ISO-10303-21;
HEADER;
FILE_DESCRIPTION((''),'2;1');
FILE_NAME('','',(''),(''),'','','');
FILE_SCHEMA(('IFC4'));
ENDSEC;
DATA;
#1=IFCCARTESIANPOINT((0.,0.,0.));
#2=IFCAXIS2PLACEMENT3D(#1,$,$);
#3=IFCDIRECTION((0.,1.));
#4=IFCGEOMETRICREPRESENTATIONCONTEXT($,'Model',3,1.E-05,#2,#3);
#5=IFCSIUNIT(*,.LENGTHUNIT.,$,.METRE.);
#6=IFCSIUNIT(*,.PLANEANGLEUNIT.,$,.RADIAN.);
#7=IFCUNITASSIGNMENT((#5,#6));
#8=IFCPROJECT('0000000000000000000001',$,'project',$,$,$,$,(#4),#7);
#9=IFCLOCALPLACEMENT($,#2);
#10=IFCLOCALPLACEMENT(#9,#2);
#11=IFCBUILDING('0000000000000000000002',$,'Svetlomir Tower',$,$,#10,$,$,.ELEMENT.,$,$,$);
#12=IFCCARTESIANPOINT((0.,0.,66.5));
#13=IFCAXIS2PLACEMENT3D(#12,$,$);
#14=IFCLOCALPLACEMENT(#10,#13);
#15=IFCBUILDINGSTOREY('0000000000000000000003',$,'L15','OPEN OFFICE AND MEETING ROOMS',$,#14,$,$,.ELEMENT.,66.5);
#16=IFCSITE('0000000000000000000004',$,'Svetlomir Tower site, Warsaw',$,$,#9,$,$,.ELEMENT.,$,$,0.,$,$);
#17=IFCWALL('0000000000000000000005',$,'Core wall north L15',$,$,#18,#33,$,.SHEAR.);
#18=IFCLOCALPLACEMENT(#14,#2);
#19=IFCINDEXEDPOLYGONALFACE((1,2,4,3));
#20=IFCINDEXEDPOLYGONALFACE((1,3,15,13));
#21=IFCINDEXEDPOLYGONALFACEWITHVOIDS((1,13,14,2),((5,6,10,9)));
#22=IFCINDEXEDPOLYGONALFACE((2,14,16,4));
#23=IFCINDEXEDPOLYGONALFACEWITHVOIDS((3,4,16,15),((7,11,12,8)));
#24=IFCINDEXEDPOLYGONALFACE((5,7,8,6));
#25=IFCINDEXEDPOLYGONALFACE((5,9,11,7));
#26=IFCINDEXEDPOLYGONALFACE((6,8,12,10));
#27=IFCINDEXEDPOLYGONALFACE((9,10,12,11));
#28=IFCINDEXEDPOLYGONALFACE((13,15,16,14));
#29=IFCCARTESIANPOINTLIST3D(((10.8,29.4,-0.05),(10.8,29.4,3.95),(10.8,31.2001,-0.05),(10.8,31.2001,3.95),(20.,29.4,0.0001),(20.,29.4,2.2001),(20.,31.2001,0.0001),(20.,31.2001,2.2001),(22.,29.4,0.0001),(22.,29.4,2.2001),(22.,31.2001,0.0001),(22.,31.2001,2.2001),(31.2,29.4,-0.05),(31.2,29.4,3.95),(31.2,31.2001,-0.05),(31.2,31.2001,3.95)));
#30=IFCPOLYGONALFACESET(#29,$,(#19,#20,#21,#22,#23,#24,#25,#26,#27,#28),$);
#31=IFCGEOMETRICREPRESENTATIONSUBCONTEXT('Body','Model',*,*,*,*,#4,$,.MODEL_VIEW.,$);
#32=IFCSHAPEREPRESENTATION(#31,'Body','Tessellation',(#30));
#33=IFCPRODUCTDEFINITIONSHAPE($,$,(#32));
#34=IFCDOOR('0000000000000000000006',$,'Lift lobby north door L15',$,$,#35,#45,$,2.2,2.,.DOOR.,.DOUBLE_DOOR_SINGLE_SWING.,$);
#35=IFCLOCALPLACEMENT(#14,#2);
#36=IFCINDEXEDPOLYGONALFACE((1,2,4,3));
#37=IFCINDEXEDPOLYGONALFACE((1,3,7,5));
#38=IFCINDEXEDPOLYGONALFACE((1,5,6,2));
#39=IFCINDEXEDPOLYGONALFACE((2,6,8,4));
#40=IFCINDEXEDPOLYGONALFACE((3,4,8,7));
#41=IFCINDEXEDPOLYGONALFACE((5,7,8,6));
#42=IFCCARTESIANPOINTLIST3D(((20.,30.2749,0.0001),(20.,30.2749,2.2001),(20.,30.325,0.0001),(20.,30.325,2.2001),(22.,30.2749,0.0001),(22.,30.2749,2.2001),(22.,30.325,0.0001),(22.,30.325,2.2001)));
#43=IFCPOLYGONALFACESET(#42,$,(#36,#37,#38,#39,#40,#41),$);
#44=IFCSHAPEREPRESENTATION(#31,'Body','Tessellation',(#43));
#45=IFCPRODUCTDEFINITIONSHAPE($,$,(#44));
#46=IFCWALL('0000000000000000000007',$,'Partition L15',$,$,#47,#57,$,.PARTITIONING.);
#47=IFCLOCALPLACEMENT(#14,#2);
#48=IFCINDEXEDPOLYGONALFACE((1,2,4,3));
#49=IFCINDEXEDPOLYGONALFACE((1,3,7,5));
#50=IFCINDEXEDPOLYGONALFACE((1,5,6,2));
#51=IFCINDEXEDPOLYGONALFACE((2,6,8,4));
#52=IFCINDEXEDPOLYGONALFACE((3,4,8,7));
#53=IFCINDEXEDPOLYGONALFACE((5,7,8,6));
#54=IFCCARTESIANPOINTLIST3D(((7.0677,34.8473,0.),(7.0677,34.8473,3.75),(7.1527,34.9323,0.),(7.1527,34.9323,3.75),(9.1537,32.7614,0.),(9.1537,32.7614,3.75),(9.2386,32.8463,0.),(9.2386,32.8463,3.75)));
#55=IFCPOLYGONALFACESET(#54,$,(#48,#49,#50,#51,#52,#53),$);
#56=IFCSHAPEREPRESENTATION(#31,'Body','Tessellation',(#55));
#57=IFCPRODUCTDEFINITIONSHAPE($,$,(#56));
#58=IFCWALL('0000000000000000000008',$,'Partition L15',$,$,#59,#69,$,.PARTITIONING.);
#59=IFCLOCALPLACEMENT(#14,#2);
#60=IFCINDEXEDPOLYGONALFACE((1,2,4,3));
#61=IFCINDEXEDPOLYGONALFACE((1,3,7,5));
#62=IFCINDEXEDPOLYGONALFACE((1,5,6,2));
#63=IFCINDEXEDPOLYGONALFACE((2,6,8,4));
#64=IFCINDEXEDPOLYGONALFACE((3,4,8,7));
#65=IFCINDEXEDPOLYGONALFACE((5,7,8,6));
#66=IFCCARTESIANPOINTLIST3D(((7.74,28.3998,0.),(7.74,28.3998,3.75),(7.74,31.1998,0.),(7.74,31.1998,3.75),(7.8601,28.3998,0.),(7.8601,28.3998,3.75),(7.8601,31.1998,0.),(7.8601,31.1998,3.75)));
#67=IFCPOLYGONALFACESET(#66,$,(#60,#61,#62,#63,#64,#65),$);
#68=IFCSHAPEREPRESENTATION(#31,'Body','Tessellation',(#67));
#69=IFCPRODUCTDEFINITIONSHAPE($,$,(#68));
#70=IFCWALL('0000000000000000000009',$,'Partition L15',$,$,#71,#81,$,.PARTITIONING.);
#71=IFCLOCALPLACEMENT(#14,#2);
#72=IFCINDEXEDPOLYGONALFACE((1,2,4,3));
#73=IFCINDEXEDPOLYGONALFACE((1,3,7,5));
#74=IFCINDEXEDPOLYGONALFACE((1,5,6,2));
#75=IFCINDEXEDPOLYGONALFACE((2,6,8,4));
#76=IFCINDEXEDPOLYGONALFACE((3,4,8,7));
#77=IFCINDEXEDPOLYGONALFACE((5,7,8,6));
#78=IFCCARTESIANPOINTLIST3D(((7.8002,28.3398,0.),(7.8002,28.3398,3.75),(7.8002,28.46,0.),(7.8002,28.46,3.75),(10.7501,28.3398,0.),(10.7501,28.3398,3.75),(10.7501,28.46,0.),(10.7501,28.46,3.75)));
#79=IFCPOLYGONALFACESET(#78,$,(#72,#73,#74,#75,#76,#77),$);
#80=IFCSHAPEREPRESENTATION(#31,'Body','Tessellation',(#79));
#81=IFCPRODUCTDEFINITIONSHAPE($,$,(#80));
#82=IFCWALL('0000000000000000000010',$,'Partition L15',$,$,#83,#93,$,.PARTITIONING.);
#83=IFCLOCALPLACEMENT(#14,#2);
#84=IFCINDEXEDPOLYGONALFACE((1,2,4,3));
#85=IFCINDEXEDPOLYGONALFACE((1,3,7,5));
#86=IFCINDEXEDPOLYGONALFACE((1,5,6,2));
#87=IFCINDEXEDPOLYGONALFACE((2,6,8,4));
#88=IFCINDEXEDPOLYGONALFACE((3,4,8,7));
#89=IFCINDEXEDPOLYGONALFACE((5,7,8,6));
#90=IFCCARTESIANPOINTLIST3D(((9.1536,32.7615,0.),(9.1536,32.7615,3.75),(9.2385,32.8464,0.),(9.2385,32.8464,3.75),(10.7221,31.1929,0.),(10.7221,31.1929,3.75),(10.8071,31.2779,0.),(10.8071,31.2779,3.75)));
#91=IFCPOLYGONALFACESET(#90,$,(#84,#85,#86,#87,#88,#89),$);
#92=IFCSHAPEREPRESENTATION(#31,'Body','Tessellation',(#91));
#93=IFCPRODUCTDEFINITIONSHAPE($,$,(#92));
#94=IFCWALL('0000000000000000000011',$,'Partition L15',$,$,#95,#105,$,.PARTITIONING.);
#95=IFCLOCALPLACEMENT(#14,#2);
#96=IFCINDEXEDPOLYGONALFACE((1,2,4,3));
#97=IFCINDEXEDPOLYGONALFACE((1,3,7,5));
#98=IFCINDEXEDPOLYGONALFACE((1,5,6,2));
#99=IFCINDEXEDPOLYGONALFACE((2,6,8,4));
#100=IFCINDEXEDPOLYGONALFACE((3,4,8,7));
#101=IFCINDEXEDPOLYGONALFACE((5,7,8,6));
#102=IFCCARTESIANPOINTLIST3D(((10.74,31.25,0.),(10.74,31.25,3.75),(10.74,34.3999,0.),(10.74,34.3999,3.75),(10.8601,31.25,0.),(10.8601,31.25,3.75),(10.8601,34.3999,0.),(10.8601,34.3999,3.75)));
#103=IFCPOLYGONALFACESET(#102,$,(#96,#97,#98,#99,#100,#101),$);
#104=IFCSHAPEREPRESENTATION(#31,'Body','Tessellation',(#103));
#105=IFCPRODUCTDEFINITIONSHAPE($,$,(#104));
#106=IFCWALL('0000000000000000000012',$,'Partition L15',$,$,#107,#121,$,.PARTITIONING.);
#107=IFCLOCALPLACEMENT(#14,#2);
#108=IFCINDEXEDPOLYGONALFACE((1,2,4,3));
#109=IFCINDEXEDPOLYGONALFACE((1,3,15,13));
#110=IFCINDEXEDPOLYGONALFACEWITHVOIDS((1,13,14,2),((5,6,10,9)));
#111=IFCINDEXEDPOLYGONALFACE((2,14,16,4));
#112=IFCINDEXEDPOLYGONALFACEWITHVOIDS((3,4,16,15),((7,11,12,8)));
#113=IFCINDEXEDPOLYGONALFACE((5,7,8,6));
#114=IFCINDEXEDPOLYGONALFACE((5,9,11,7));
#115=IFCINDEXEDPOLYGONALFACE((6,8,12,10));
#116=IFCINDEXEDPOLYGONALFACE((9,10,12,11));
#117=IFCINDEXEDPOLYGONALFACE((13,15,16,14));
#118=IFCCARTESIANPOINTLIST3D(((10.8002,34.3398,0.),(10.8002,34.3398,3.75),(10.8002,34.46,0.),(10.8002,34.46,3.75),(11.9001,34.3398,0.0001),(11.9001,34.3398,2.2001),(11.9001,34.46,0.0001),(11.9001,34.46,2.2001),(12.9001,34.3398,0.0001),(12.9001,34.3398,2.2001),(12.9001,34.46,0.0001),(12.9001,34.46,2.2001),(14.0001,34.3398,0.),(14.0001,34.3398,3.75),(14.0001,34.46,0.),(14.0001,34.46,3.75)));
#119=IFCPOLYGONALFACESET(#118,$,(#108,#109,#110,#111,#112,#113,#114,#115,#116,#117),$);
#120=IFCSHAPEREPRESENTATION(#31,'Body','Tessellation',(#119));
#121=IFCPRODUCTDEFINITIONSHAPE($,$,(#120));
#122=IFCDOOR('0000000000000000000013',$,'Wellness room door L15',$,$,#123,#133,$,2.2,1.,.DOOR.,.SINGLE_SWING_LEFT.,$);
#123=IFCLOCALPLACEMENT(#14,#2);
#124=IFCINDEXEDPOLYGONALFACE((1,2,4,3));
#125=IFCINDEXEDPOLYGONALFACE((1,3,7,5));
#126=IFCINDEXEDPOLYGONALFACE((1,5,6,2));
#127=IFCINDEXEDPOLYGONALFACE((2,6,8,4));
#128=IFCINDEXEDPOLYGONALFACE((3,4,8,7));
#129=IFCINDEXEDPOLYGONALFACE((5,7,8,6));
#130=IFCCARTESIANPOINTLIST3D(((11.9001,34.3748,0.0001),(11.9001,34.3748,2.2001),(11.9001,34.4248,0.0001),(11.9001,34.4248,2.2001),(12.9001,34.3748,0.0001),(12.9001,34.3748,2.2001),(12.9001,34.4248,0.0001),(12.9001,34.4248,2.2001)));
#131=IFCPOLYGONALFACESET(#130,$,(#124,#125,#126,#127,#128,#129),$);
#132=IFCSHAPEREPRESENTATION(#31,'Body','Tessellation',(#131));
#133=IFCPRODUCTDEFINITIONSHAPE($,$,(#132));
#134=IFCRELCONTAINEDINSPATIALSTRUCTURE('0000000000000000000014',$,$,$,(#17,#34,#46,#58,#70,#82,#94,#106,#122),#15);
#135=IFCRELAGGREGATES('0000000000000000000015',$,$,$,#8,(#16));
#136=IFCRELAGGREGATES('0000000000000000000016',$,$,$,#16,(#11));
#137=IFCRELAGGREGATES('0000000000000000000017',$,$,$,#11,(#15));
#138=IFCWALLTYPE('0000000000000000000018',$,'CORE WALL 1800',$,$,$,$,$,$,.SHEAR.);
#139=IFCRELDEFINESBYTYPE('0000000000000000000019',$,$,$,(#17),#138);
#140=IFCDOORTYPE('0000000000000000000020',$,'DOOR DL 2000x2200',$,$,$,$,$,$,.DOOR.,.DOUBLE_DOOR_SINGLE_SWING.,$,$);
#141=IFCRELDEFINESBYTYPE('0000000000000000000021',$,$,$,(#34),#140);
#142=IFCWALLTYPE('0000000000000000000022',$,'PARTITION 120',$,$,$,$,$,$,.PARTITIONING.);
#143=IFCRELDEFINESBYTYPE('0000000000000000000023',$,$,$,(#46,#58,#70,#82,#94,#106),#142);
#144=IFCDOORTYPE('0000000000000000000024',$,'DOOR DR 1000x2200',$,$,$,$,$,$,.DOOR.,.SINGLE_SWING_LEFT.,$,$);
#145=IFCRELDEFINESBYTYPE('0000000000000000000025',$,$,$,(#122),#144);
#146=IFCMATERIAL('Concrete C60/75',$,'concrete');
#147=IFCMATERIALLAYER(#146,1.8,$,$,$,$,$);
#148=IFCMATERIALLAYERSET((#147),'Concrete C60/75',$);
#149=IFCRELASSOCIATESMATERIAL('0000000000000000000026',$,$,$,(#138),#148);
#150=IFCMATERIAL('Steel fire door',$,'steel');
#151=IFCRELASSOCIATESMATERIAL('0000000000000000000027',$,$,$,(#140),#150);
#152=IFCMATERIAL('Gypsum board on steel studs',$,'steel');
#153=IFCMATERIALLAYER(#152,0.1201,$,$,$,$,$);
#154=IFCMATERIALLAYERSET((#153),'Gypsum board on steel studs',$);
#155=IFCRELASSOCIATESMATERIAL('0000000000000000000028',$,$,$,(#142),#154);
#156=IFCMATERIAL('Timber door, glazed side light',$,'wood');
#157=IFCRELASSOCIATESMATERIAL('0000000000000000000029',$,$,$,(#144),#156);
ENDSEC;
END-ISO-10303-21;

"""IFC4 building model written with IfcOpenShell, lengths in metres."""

from ifc_helpers import new_model, si_unit, direction, frame, frame_2d, origin, place, context, subcontext, project, spatial, rectangle, extrude, material, layer, layer_set, type_object, element, fill, save


model = new_model("IFC4")

# Units and contexts
model_context = context("Model", 3, precision=1e-05, world=origin(), true_north=direction((0.0, 1.0)))
body_context = subcontext(model_context, "Body", "Model", "MODEL_VIEW")
ifc_project = project(units=[si_unit("LENGTHUNIT", "METRE"), si_unit("PLANEANGLEUNIT", "RADIAN")], contexts=[model_context])

# Site, building, storey
site_placement = place(None, origin())
site = spatial("IfcSite", under=ifc_project, at=site_placement, Name="Svetlomir Tower site, Warsaw", CompositionType="ELEMENT", RefElevation=0.0)
building_placement = place(site_placement, origin())
building = spatial("IfcBuilding", under=site, at=building_placement, Name="Svetlomir Tower", CompositionType="ELEMENT")
storey_placement = place(building_placement, frame((0.0, 0.0, 66.5)))
storey = spatial("IfcBuildingStorey", under=building, at=storey_placement, Name="L15", Description="OPEN OFFICE AND MEETING ROOMS", CompositionType="ELEMENT", Elevation=66.5)

# Wall, opening, door
ifc_material_1 = material(Name="Concrete C60/75", Category="concrete")
ifc_layer_1 = layer(ifc_material_1, 1.8)
ifc_layer_set_1 = layer_set([ifc_layer_1], Name="Concrete C60/75")
wall_type_1 = type_object("IfcWallType", Name="CORE WALL 1800", PredefinedType="SHEAR", material=ifc_layer_set_1)
wall_1_placement = place(storey_placement, frame((10.8, 30.3, -0.05), z_axis=(0.0, 0.0, 1.0), x_axis=(1.0, 0.0, 0.0)))
wall_1 = element("IfcWall", 1, at=wall_1_placement, inside=storey, type_object=wall_type_1, Name="Core wall north L15", PredefinedType="SHEAR", context=body_context, shape_type="SweptSolid", body=[
    extrude(rectangle(XDim=20.3999, YDim=1.8, at=frame_2d((10.2, 0.0))), origin(), (0.0, 0.0, 1.0), 4.0),
])
opening_1_placement = place(wall_1_placement, frame((9.2, 0.0, 0.05)))
opening_1 = element("IfcOpeningElement", 2, at=opening_1_placement, cuts=wall_1, PredefinedType="OPENING", context=body_context, shape_type="SweptSolid", body=[
    extrude(rectangle(XDim=2.0, YDim=2.2, at=frame_2d((1.0, 1.1001))), frame((0.0, 0.9102, 0.0), z_axis=(0.0, -1.0, 0.0), x_axis=(1.0, 0.0, 0.0)), (0.0, 0.0, 1.0), 1.8201),
])
ifc_material_2 = material(Name="Steel fire door", Category="steel")
door_type_1 = type_object("IfcDoorType", Name="DOOR DL 2000x2200", OperationType="DOUBLE_DOOR_SINGLE_SWING", PredefinedType="DOOR", material=ifc_material_2)
door_1_placement = place(opening_1_placement, origin())
door_1 = element("IfcDoor", 3, at=door_1_placement, inside=storey, type_object=door_type_1, Name="Lift lobby north door L15", OperationType="DOUBLE_DOOR_SINGLE_SWING", OverallHeight=2.2, OverallWidth=2.0, PredefinedType="DOOR", context=body_context, shape_type="SweptSolid", body=[
    extrude(rectangle(XDim=2.0, YDim=2.2, at=frame_2d((1.0, 1.1001))), frame((0.0, 0.0249, 0.0), z_axis=(0.0, -1.0, 0.0), x_axis=(1.0, 0.0, 0.0)), (0.0, 0.0, 1.0), 0.05),
])
fill(opening_1, door_1)

# Walls
ifc_material_3 = material(Name="Gypsum board on steel studs", Category="steel")
ifc_layer_2 = layer(ifc_material_3, 0.1201)
ifc_layer_set_2 = layer_set([ifc_layer_2], Name="Gypsum board on steel studs")
wall_type_2 = type_object("IfcWallType", Name="PARTITION 120", PredefinedType="PARTITIONING", material=ifc_layer_set_2)
wall_2_placement = place(storey_placement, frame((7.1101, 34.8899, 0.0), z_axis=(0.0, 0.0, 1.0), x_axis=(0.707107, -0.707107, 0.0)))
element("IfcWall", 4, at=wall_2_placement, inside=storey, type_object=wall_type_2, Name="Partition L15", PredefinedType="PARTITIONING", context=body_context, shape_type="SweptSolid", body=[
    extrude(rectangle(XDim=2.95, YDim=0.1201, at=frame_2d((1.4751, 0.0))), origin(), (0.0, 0.0, 1.0), 3.75),
])
wall_3_placement = place(storey_placement, frame((7.8, 28.3999, 0.0), z_axis=(0.0, 0.0, 1.0), x_axis=(0.0, 1.0, 0.0)))
element("IfcWall", 5, at=wall_3_placement, inside=storey, type_object=wall_type_2, Name="Partition L15", PredefinedType="PARTITIONING", context=body_context, shape_type="SweptSolid", body=[
    extrude(rectangle(XDim=2.8, YDim=0.1201, at=frame_2d((1.3999, 0.0))), origin(), (0.0, 0.0, 1.0), 3.75),
])
wall_4_placement = place(storey_placement, frame((7.8, 28.3999, 0.0), z_axis=(0.0, 0.0, 1.0), x_axis=(1.0, 0.0, 0.0)))
element("IfcWall", 6, at=wall_4_placement, inside=storey, type_object=wall_type_2, Name="Partition L15", PredefinedType="PARTITIONING", context=body_context, shape_type="SweptSolid", body=[
    extrude(rectangle(XDim=2.95, YDim=0.1201, at=frame_2d((1.4751, 0.0))), origin(), (0.0, 0.0, 1.0), 3.75),
])

# Walls
wall_5_placement = place(storey_placement, frame((9.196, 32.804, 0.0), z_axis=(0.0, 0.0, 1.0), x_axis=(0.707107, -0.707107, 0.0)))
element("IfcWall", 7, at=wall_5_placement, inside=storey, type_object=wall_type_2, Name="Partition L15", PredefinedType="PARTITIONING", context=body_context, shape_type="SweptSolid", body=[
    extrude(rectangle(XDim=2.2183, YDim=0.1201, at=frame_2d((1.1091, 0.0))), origin(), (0.0, 0.0, 1.0), 3.75),
])
wall_6_placement = place(storey_placement, frame((10.8, 31.25, 0.0), z_axis=(0.0, 0.0, 1.0), x_axis=(0.0, 1.0, 0.0)))
element("IfcWall", 8, at=wall_6_placement, inside=storey, type_object=wall_type_2, Name="Partition L15", PredefinedType="PARTITIONING", context=body_context, shape_type="SweptSolid", body=[
    extrude(rectangle(XDim=3.1499, YDim=0.1201, at=frame_2d((1.575, 0.0))), origin(), (0.0, 0.0, 1.0), 3.75),
])

# Wall, opening, door
wall_7_placement = place(storey_placement, frame((10.8, 34.3999, 0.0), z_axis=(0.0, 0.0, 1.0), x_axis=(1.0, 0.0, 0.0)))
wall_7 = element("IfcWall", 9, at=wall_7_placement, inside=storey, type_object=wall_type_2, Name="Partition L15", PredefinedType="PARTITIONING", context=body_context, shape_type="SweptSolid", body=[
    extrude(rectangle(XDim=3.2, YDim=0.1201, at=frame_2d((1.6001, 0.0))), origin(), (0.0, 0.0, 1.0), 3.75),
])
opening_2_placement = place(wall_7_placement, frame((1.1001, 0.0, 0.0)))
opening_2 = element("IfcOpeningElement", 10, at=opening_2_placement, cuts=wall_7, PredefinedType="OPENING", context=body_context, shape_type="SweptSolid", body=[
    extrude(rectangle(XDim=1.0, YDim=2.2, at=frame_2d((0.5, 1.1001))), frame((0.0, 0.0701, 0.0), z_axis=(0.0, -1.0, 0.0), x_axis=(1.0, 0.0, 0.0)), (0.0, 0.0, 1.0), 0.1401),
])
ifc_material_4 = material(Name="Timber door, glazed side light", Category="wood")
door_type_2 = type_object("IfcDoorType", Name="DOOR DR 1000x2200", OperationType="SINGLE_SWING_LEFT", PredefinedType="DOOR", material=ifc_material_4)
door_2_placement = place(opening_2_placement, origin())
door_2 = element("IfcDoor", 11, at=door_2_placement, inside=storey, type_object=door_type_2, Name="Wellness room door L15", OperationType="SINGLE_SWING_LEFT", OverallHeight=2.2, OverallWidth=1.0, PredefinedType="DOOR", context=body_context, shape_type="SweptSolid", body=[
    extrude(rectangle(XDim=1.0, YDim=2.2, at=frame_2d((0.5, 1.1001))), frame((0.0, 0.0249, 0.0), z_axis=(0.0, -1.0, 0.0), x_axis=(1.0, 0.0, 0.0)), (0.0, 0.0, 1.0), 0.05),
])
fill(opening_2, door_2)

save(model, "model.ifc")
